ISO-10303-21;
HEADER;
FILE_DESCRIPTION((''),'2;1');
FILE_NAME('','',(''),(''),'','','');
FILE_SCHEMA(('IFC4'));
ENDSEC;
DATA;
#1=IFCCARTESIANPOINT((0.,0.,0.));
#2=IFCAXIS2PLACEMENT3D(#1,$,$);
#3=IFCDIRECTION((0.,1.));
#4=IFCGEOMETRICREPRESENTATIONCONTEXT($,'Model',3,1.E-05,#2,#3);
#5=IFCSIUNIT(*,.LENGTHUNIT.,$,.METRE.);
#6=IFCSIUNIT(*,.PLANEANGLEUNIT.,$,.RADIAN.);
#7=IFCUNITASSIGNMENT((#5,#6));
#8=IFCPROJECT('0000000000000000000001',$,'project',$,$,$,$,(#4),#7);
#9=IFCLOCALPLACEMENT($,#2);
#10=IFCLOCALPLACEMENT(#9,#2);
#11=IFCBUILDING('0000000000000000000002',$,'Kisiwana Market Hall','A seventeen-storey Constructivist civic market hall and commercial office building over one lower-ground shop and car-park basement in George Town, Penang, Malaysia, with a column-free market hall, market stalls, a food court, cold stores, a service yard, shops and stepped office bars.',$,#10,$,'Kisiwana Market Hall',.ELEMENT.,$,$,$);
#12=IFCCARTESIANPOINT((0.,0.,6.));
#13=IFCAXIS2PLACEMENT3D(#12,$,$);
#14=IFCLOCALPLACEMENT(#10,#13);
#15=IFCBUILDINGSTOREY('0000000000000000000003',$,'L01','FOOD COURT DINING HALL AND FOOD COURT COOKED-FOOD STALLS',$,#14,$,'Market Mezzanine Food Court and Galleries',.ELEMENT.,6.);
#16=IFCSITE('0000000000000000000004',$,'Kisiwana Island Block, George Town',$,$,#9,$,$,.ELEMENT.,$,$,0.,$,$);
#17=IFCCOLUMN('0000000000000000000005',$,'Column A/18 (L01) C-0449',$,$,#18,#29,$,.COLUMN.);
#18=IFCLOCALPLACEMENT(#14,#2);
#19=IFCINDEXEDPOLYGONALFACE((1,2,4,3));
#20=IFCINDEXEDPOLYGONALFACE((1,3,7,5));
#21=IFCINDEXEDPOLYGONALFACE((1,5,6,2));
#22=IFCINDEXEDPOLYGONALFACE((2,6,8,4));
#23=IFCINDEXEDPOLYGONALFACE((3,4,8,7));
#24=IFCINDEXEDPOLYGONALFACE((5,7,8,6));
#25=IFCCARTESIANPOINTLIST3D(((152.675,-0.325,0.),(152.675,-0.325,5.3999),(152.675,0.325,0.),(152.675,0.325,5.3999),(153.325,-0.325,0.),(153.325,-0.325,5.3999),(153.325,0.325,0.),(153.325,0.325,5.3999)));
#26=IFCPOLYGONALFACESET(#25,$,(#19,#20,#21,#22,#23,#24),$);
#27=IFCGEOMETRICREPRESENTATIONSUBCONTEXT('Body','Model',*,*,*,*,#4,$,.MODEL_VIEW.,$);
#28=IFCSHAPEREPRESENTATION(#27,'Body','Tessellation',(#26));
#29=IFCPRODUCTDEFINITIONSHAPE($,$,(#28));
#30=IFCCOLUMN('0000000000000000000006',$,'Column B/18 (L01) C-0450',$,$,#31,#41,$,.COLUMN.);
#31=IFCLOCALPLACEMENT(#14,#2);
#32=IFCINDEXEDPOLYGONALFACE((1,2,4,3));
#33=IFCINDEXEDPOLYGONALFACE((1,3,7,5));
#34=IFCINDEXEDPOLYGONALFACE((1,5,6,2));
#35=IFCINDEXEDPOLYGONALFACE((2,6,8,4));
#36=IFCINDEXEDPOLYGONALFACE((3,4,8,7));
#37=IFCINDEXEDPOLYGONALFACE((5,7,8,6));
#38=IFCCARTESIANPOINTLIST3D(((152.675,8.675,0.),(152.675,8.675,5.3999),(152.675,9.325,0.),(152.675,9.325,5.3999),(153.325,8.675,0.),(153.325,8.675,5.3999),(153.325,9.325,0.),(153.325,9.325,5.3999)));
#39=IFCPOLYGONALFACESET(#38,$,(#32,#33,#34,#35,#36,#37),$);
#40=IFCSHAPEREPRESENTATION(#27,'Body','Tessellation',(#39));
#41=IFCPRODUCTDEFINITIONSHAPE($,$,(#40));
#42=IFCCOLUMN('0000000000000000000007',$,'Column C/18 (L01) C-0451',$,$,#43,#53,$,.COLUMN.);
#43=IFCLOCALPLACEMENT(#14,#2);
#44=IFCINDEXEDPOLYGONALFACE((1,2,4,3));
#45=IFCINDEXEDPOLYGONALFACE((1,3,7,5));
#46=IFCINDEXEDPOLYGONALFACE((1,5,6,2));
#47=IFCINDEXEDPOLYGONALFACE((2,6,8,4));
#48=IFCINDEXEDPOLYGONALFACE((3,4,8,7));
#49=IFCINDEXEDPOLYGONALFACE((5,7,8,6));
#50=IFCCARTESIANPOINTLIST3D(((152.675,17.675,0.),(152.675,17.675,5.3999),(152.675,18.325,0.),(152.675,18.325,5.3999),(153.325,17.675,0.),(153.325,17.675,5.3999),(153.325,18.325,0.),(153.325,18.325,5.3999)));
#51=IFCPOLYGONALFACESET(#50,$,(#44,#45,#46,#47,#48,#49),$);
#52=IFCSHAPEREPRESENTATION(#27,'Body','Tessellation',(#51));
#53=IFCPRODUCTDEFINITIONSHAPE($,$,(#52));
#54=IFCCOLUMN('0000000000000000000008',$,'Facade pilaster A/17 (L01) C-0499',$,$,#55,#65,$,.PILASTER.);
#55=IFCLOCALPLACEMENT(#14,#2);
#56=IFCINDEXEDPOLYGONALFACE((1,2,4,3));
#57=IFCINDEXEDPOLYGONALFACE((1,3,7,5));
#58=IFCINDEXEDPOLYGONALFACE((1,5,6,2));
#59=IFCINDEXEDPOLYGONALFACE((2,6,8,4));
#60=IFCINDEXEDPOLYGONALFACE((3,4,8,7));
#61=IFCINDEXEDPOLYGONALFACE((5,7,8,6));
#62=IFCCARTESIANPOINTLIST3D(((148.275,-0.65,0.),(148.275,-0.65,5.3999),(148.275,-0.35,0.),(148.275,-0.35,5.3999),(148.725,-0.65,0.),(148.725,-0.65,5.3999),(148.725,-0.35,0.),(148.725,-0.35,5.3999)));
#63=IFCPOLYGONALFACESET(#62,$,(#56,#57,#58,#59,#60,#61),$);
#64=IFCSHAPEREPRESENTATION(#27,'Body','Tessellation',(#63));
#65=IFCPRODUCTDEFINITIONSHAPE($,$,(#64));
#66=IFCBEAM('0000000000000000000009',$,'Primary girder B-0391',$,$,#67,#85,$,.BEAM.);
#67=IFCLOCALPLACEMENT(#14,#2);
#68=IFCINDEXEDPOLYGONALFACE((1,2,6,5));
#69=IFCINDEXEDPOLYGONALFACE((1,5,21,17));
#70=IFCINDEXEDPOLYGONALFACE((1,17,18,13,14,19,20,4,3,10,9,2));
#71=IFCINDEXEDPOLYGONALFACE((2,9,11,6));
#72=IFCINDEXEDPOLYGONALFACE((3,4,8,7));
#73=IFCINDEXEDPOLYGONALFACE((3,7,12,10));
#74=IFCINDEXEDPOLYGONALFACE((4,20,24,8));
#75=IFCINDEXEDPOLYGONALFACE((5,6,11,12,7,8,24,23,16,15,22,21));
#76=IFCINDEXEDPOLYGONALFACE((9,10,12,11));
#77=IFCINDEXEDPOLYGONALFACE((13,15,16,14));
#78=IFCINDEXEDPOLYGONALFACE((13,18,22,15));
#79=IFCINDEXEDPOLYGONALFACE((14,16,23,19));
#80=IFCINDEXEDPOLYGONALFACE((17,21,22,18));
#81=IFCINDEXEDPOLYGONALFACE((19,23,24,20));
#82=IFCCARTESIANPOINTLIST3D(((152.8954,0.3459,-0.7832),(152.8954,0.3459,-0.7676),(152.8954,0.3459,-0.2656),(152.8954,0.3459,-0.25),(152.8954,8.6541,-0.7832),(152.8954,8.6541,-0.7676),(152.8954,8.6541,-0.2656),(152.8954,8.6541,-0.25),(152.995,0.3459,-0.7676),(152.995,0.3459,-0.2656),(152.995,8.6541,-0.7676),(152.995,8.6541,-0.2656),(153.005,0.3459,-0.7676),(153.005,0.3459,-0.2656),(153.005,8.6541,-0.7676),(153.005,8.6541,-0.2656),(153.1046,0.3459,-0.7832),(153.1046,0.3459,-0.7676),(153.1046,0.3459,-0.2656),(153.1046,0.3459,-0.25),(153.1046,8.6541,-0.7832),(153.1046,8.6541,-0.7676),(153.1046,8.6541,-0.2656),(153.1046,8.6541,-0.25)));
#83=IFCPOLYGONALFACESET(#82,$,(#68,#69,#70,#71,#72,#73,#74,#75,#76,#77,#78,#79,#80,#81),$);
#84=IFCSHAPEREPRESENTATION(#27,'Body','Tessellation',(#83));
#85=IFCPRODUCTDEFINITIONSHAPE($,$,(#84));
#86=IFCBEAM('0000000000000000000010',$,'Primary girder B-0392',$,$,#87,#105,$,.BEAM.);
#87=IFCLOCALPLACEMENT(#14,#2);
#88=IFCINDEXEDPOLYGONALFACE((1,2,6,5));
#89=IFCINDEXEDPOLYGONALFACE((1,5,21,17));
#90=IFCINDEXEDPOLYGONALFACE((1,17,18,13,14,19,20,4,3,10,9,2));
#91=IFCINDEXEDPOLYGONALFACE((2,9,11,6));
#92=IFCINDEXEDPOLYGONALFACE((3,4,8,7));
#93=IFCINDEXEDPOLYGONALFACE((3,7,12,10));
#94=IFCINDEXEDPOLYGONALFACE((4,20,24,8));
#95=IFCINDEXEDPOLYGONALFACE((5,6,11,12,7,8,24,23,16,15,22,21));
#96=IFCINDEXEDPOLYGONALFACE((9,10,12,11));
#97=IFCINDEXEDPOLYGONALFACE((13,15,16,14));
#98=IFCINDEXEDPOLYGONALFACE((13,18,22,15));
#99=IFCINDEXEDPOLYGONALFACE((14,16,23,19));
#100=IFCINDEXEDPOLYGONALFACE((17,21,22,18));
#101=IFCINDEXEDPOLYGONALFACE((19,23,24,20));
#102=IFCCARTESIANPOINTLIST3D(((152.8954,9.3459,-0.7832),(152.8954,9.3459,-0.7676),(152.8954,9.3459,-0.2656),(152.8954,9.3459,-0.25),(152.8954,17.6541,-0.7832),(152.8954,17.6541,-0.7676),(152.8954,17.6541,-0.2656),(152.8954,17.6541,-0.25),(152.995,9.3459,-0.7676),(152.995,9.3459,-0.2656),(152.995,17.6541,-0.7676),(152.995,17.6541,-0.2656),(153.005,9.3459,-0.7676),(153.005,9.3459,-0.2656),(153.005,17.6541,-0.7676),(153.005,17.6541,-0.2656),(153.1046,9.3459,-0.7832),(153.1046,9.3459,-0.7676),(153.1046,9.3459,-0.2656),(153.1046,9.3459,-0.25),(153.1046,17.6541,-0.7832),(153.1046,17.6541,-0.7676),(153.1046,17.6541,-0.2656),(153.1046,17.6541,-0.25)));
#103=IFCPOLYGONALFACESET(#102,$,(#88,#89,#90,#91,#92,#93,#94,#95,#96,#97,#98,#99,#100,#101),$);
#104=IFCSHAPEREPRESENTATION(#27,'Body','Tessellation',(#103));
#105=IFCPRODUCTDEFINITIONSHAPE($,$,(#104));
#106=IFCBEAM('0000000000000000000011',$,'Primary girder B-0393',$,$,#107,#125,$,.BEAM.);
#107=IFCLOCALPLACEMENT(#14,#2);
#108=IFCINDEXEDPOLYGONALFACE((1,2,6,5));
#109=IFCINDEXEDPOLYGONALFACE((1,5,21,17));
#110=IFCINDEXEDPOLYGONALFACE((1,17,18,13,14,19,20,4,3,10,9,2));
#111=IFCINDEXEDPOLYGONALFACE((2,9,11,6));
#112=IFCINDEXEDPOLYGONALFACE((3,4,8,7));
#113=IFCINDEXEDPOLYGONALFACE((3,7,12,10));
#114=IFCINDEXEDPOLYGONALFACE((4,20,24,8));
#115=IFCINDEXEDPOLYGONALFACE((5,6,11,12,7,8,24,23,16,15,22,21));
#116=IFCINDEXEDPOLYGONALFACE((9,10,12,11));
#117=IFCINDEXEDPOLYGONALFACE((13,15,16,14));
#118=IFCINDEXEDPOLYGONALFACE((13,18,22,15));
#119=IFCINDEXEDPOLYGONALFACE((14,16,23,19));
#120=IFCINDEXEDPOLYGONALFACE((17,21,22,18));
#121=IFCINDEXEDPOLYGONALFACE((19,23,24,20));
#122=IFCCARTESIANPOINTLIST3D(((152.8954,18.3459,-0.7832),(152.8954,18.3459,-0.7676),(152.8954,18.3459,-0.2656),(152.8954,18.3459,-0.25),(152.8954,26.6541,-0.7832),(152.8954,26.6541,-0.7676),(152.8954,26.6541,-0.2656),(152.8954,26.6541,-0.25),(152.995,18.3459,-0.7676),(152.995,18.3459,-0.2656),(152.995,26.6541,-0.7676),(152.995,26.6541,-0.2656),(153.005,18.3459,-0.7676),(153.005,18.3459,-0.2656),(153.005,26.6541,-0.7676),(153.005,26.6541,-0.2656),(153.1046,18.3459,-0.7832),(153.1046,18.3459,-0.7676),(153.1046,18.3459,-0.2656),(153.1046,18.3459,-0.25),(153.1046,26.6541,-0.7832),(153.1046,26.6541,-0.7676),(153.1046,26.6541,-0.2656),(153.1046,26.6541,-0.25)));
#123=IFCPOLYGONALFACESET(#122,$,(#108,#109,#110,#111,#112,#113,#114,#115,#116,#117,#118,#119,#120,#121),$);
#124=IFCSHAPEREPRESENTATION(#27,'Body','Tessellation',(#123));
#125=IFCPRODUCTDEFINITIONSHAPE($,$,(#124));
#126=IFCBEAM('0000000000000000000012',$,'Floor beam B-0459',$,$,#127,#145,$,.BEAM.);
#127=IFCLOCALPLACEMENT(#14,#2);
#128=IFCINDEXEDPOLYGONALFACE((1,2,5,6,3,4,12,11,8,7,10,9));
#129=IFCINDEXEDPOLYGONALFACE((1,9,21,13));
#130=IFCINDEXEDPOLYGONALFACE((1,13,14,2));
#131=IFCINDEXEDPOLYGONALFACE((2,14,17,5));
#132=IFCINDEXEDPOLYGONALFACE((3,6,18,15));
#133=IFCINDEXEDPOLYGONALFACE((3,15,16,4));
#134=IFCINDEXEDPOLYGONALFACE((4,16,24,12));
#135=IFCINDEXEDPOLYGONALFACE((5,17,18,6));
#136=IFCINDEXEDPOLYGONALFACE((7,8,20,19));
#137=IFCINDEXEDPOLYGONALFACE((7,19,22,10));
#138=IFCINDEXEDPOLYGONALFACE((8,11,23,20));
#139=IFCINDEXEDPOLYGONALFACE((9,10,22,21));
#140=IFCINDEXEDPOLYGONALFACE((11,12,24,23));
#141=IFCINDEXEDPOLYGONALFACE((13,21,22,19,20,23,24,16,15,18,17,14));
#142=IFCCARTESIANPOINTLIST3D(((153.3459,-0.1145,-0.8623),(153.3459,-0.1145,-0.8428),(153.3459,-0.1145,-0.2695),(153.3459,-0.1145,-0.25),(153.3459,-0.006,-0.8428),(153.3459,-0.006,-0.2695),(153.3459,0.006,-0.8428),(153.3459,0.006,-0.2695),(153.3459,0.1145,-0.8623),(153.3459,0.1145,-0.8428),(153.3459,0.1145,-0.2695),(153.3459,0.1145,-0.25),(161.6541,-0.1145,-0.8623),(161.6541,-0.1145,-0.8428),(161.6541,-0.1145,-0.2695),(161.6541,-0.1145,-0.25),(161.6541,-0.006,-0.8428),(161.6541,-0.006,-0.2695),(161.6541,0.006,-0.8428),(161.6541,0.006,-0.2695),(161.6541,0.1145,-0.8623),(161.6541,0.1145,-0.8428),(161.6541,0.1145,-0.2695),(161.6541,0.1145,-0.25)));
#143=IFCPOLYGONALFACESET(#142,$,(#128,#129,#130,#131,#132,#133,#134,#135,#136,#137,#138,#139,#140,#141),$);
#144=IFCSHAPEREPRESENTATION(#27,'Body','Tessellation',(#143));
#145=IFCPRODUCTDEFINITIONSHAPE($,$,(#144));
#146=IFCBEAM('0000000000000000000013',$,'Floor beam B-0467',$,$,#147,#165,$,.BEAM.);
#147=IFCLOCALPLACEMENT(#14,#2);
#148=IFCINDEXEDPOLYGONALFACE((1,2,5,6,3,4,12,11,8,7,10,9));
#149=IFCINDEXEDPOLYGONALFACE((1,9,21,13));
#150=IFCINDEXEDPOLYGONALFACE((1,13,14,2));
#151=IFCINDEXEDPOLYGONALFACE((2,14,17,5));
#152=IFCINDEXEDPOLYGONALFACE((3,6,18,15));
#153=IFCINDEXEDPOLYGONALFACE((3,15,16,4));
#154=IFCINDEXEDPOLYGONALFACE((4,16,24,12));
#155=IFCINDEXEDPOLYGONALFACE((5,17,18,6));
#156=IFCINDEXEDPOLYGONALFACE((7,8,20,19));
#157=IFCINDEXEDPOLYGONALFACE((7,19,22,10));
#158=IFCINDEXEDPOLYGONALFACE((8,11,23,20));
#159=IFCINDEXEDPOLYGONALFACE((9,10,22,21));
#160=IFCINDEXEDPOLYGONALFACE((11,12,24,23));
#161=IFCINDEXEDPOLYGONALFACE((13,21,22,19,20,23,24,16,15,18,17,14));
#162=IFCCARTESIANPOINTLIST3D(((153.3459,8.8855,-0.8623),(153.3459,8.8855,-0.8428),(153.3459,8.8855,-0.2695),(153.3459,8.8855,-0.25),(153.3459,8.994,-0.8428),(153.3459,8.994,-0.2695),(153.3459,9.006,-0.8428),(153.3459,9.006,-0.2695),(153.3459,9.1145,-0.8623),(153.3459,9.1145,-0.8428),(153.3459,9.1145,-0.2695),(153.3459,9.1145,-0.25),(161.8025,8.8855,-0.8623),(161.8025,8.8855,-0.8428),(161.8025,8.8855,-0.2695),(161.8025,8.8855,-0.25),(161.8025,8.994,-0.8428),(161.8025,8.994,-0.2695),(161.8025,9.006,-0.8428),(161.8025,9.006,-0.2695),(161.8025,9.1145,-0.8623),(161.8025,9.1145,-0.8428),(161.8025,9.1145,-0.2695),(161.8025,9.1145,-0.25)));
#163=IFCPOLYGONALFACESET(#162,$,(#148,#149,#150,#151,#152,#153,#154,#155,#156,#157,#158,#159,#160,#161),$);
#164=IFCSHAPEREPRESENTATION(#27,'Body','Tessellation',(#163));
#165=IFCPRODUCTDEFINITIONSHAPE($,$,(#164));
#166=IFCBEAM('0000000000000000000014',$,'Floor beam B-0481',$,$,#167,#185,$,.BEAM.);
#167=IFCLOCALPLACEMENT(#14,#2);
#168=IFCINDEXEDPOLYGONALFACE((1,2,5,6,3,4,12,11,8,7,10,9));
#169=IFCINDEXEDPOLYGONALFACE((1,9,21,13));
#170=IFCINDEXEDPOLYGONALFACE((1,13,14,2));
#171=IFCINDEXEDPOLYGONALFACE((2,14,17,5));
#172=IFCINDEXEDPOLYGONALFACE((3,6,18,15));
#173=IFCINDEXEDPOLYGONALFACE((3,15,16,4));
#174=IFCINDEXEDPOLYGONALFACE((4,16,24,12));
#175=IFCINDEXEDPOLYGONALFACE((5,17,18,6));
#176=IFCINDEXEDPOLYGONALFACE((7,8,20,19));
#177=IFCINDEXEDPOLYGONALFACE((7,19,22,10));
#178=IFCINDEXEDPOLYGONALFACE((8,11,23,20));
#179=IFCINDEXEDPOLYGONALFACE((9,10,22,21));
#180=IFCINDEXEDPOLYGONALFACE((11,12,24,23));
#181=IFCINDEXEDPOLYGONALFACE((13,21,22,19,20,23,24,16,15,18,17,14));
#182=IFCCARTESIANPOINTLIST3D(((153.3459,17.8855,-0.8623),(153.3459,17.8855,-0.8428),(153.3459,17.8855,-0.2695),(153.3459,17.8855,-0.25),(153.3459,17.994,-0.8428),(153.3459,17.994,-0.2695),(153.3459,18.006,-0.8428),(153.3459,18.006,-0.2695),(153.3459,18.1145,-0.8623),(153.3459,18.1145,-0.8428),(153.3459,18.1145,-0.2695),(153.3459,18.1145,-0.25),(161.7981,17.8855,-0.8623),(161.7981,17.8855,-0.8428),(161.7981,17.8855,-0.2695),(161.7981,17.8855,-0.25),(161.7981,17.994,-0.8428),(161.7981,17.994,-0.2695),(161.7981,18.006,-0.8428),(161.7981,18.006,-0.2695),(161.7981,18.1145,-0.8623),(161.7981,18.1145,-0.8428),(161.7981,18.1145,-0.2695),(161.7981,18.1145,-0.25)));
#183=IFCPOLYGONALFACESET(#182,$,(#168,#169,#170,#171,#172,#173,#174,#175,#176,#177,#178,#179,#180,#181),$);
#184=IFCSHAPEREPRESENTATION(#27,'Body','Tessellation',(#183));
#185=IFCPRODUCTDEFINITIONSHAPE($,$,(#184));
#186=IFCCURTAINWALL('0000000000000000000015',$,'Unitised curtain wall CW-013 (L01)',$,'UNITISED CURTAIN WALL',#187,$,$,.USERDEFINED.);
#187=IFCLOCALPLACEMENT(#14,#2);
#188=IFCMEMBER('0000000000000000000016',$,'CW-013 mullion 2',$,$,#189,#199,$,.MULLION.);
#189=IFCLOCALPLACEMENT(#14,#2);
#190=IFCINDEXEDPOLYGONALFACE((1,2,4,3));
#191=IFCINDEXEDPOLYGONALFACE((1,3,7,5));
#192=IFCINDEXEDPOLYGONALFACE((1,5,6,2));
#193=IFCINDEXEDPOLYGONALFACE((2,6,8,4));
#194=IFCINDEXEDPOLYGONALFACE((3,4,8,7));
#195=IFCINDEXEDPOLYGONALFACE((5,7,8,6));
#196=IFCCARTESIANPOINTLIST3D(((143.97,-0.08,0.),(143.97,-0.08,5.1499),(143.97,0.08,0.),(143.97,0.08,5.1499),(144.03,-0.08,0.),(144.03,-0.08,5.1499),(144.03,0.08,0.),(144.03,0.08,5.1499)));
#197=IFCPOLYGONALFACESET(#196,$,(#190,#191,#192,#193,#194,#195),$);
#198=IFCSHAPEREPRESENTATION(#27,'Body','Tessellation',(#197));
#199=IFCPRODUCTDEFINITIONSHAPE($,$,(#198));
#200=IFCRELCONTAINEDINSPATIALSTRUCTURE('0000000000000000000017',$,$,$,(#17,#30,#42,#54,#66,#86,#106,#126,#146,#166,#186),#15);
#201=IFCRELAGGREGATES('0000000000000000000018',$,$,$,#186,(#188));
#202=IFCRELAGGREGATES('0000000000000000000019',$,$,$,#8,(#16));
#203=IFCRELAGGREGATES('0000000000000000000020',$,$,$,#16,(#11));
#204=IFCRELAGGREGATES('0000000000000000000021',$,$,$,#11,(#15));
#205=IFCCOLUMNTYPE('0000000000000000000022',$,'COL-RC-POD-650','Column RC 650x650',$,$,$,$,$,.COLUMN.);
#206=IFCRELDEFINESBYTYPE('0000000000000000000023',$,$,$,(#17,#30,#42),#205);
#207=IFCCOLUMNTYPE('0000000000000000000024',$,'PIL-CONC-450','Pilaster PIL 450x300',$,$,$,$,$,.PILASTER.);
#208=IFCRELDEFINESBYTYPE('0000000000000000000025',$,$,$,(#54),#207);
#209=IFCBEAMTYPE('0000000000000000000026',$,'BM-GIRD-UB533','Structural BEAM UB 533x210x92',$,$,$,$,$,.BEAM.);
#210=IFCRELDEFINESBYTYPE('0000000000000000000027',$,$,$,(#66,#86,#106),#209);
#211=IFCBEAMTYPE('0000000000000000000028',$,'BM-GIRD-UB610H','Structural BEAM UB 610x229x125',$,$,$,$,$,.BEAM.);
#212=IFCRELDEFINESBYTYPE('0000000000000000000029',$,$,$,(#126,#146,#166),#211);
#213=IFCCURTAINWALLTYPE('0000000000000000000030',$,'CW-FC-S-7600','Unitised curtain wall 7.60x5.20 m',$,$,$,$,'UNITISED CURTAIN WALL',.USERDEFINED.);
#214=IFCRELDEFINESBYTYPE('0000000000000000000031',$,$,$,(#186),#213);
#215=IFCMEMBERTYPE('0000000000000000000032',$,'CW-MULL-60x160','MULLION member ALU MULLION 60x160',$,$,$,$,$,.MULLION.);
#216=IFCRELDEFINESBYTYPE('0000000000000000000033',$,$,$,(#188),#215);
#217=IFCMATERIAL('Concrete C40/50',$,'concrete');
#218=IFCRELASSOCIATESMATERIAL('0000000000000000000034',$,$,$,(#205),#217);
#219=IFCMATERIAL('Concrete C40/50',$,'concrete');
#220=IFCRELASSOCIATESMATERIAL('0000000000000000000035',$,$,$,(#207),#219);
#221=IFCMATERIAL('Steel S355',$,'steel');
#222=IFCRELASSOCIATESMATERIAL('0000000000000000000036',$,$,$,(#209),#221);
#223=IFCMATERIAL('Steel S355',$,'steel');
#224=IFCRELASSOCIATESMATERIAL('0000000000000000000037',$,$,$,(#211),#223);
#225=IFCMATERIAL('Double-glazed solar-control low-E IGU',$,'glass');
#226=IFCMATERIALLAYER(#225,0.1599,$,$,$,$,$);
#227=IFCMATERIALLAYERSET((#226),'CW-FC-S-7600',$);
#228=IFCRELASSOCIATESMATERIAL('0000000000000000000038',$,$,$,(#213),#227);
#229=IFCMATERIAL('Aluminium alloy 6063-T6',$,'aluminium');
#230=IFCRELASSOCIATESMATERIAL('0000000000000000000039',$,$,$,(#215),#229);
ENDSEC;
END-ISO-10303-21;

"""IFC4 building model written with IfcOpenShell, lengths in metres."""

from ifc_helpers import new_model, si_unit, direction, frame, origin, origin_2d, place, context, subcontext, project, spatial, rectangle, i_section, extrude, material, layer, layer_set, material_profile, profile_set, type_object, element, aggregate, save


model = new_model("IFC4")

# Units and contexts
model_context = context("Model", 3, precision=1e-05, world=origin(), true_north=direction((0.0, 1.0)))
body_context = subcontext(model_context, "Body", "Model", "MODEL_VIEW")
ifc_project = project(units=[si_unit("LENGTHUNIT", "METRE"), si_unit("PLANEANGLEUNIT", "RADIAN")], contexts=[model_context])

# Site, building, storey
site_placement = place(None, origin())
site = spatial("IfcSite", under=ifc_project, at=site_placement, Name="Kisiwana Island Block, George Town", CompositionType="ELEMENT", RefElevation=0.0)
building_placement = place(site_placement, origin())
building = spatial("IfcBuilding", under=site, at=building_placement, Name="Kisiwana Market Hall", Description="A seventeen-storey Constructivist civic market hall and commercial office building over one lower-ground shop and car-park basement in George Town, Penang, Malaysia, with a column-free market hall, market stalls, a food court, cold stores, a service yard, shops and stepped office bars.", LongName="Kisiwana Market Hall", CompositionType="ELEMENT")
storey_placement = place(building_placement, frame((0.0, 0.0, 6.0)))
storey = spatial("IfcBuildingStorey", under=building, at=storey_placement, Name="L01", Description="FOOD COURT DINING HALL AND FOOD COURT COOKED-FOOD STALLS", LongName="Market Mezzanine Food Court and Galleries", CompositionType="ELEMENT", Elevation=6.0)

# Columns
ifc_material_1 = material(Name="Concrete C40/50", Category="concrete")
ifc_material_profile_1 = material_profile(ifc_material_1, rectangle(XDim=0.6499, YDim=0.6499, at=origin_2d()), Name="RC 650x650")
ifc_profile_set_1 = profile_set([ifc_material_profile_1], Name="Concrete C40/50")
column_type_1 = type_object("IfcColumnType", Name="COL-RC-POD-650", Description="Column RC 650x650", PredefinedType="COLUMN", material=ifc_profile_set_1)
for number, where, z_axis, x_axis, name in (
    (1, (153.0, 0.0, 0.0), (0.0, 0.0, 1.0), (1.0, 0.0, 0.0), "Column A/18 (L01) C-0449"),
    (2, (153.0, 9.0, 0.0), (0.0, 0.0, 1.0), (1.0, 0.0, 0.0), "Column B/18 (L01) C-0450"),
    (3, (153.0, 18.0, 0.0), (0.0, 0.0, 1.0), (1.0, 0.0, 0.0), "Column C/18 (L01) C-0451"),
):
    element("IfcColumn", number, at=place(storey_placement, frame(where, z_axis=z_axis, x_axis=x_axis)), inside=storey, type_object=column_type_1, Name=name, PredefinedType="COLUMN", context=body_context, shape_type="SweptSolid", body=[
        extrude(rectangle(XDim=0.6499, YDim=0.6499, at=origin_2d()), origin(), (0.0, 0.0, 1.0), 5.3999),
    ])
ifc_material_2 = material(Name="Concrete C40/50", Category="concrete")
ifc_material_profile_2 = material_profile(ifc_material_2, rectangle(XDim=0.45, YDim=0.3, at=origin_2d()), Name="PIL 450x300")
ifc_profile_set_2 = profile_set([ifc_material_profile_2], Name="Concrete C40/50")
column_type_2 = type_object("IfcColumnType", Name="PIL-CONC-450", Description="Pilaster PIL 450x300", PredefinedType="PILASTER", material=ifc_profile_set_2)
column_placement = place(storey_placement, frame((148.5, -0.5, 0.0), z_axis=(0.0, 0.0, 1.0), x_axis=(1.0, 0.0, 0.0)))
element("IfcColumn", 4, at=column_placement, inside=storey, type_object=column_type_2, Name="Facade pilaster A/17 (L01) C-0499", PredefinedType="PILASTER", context=body_context, shape_type="SweptSolid", body=[
    extrude(rectangle(XDim=0.45, YDim=0.3, at=origin_2d()), origin(), (0.0, 0.0, 1.0), 5.3999),
])

# Beams
ifc_material_3 = material(Name="Steel S355", Category="steel")
ifc_material_profile_3 = material_profile(ifc_material_3, i_section(OverallWidth=0.2092, OverallDepth=0.5332, WebThickness=0.01, FlangeThickness=0.0156, at=origin_2d()), Name="UB 533x210x92")
ifc_profile_set_3 = profile_set([ifc_material_profile_3], Name="Steel S355")
beam_type_1 = type_object("IfcBeamType", Name="BM-GIRD-UB533", Description="Structural BEAM UB 533x210x92", PredefinedType="BEAM", material=ifc_profile_set_3)
for number, where, z_axis, x_axis, name in (
    (5, (153.0, 0.3459, -0.5166), (0.0, 1.0, 0.0), (-1.0, 0.0, 0.0), "Primary girder B-0391"),
    (6, (153.0, 9.3459, -0.5166), (0.0, 1.0, 0.0), (-1.0, 0.0, 0.0), "Primary girder B-0392"),
    (7, (153.0, 18.3459, -0.5166), (0.0, 1.0, 0.0), (-1.0, 0.0, 0.0), "Primary girder B-0393"),
):
    element("IfcBeam", number, at=place(storey_placement, frame(where, z_axis=z_axis, x_axis=x_axis)), inside=storey, type_object=beam_type_1, Name=name, PredefinedType="BEAM", context=body_context, shape_type="SweptSolid", body=[
        extrude(i_section(OverallWidth=0.2092, OverallDepth=0.5332, WebThickness=0.01, FlangeThickness=0.0156, at=origin_2d()), origin(), (0.0, 0.0, 1.0), 8.3081),
    ])
ifc_material_4 = material(Name="Steel S355", Category="steel")
ifc_material_profile_4 = material_profile(ifc_material_4, i_section(OverallWidth=0.229, OverallDepth=0.6123, WebThickness=0.012, FlangeThickness=0.0195, at=origin_2d()), Name="UB 610x229x125")
ifc_profile_set_4 = profile_set([ifc_material_profile_4], Name="Steel S355")
beam_type_2 = type_object("IfcBeamType", Name="BM-GIRD-UB610H", Description="Structural BEAM UB 610x229x125", PredefinedType="BEAM", material=ifc_profile_set_4)
beam_1_placement = place(storey_placement, frame((153.3459, 0.0, -0.5562), z_axis=(1.0, 0.0, 0.0), x_axis=(0.0, 1.0, 0.0)))
element("IfcBeam", 8, at=beam_1_placement, inside=storey, type_object=beam_type_2, Name="Floor beam B-0459", PredefinedType="BEAM", context=body_context, shape_type="SweptSolid", body=[
    extrude(i_section(OverallWidth=0.229, OverallDepth=0.6123, WebThickness=0.012, FlangeThickness=0.0195, at=origin_2d()), origin(), (0.0, 0.0, 1.0), 8.3081),
])
beam_2_placement = place(storey_placement, frame((153.3459, 9.0, -0.5562), z_axis=(1.0, 0.0, 0.0), x_axis=(0.0, 1.0, 0.0)))
element("IfcBeam", 9, at=beam_2_placement, inside=storey, type_object=beam_type_2, Name="Floor beam B-0467", PredefinedType="BEAM", context=body_context, shape_type="SweptSolid", body=[
    extrude(i_section(OverallWidth=0.229, OverallDepth=0.6123, WebThickness=0.012, FlangeThickness=0.0195, at=origin_2d()), origin(), (0.0, 0.0, 1.0), 8.4565),
])
beam_3_placement = place(storey_placement, frame((153.3459, 18.0, -0.5562), z_axis=(1.0, 0.0, 0.0), x_axis=(0.0, 1.0, 0.0)))
element("IfcBeam", 10, at=beam_3_placement, inside=storey, type_object=beam_type_2, Name="Floor beam B-0481", PredefinedType="BEAM", context=body_context, shape_type="SweptSolid", body=[
    extrude(i_section(OverallWidth=0.229, OverallDepth=0.6123, WebThickness=0.012, FlangeThickness=0.0195, at=origin_2d()), origin(), (0.0, 0.0, 1.0), 8.4521),
])

# Curtain wall, member
ifc_material_5 = material(Name="Double-glazed solar-control low-E IGU", Category="glass")
ifc_layer_1 = layer(ifc_material_5, 0.1599)
ifc_layer_set_1 = layer_set([ifc_layer_1], Name="CW-FC-S-7600")
curtain_wall_type = type_object("IfcCurtainWallType", Name="CW-FC-S-7600", Description="Unitised curtain wall 7.60x5.20 m", ElementType="UNITISED CURTAIN WALL", PredefinedType="USERDEFINED", material=ifc_layer_set_1)
curtain_wall_1_placement = place(storey_placement, origin())
curtain_wall_1 = element("IfcCurtainWall", 11, at=curtain_wall_1_placement, inside=storey, type_object=curtain_wall_type, Name="Unitised curtain wall CW-013 (L01)", ObjectType="UNITISED CURTAIN WALL", PredefinedType="USERDEFINED")
ifc_material_6 = material(Name="Aluminium alloy 6063-T6", Category="aluminium")
ifc_material_profile_5 = material_profile(ifc_material_6, rectangle(XDim=0.0601, YDim=0.1599, at=origin_2d()), Name="ALU MULLION 60x160")
ifc_profile_set_5 = profile_set([ifc_material_profile_5], Name="Aluminium alloy 6063-T6")
member_type_1 = type_object("IfcMemberType", Name="CW-MULL-60x160", Description="MULLION member ALU MULLION 60x160", PredefinedType="MULLION", material=ifc_profile_set_5)
member_1_placement = place(storey_placement, frame((144.0, 0.0, 0.0), z_axis=(0.0, 0.0, 1.0), x_axis=(1.0, 0.0, 0.0)))
member_1 = element("IfcMember", 12, at=member_1_placement, type_object=member_type_1, Name="CW-013 mullion 2", PredefinedType="MULLION", context=body_context, shape_type="SweptSolid", body=[
    extrude(rectangle(XDim=0.0601, YDim=0.1599, at=origin_2d()), origin(), (0.0, 0.0, 1.0), 5.1499),
])

aggregate(curtain_wall_1, [member_1])

save(model, "model.ifc")
